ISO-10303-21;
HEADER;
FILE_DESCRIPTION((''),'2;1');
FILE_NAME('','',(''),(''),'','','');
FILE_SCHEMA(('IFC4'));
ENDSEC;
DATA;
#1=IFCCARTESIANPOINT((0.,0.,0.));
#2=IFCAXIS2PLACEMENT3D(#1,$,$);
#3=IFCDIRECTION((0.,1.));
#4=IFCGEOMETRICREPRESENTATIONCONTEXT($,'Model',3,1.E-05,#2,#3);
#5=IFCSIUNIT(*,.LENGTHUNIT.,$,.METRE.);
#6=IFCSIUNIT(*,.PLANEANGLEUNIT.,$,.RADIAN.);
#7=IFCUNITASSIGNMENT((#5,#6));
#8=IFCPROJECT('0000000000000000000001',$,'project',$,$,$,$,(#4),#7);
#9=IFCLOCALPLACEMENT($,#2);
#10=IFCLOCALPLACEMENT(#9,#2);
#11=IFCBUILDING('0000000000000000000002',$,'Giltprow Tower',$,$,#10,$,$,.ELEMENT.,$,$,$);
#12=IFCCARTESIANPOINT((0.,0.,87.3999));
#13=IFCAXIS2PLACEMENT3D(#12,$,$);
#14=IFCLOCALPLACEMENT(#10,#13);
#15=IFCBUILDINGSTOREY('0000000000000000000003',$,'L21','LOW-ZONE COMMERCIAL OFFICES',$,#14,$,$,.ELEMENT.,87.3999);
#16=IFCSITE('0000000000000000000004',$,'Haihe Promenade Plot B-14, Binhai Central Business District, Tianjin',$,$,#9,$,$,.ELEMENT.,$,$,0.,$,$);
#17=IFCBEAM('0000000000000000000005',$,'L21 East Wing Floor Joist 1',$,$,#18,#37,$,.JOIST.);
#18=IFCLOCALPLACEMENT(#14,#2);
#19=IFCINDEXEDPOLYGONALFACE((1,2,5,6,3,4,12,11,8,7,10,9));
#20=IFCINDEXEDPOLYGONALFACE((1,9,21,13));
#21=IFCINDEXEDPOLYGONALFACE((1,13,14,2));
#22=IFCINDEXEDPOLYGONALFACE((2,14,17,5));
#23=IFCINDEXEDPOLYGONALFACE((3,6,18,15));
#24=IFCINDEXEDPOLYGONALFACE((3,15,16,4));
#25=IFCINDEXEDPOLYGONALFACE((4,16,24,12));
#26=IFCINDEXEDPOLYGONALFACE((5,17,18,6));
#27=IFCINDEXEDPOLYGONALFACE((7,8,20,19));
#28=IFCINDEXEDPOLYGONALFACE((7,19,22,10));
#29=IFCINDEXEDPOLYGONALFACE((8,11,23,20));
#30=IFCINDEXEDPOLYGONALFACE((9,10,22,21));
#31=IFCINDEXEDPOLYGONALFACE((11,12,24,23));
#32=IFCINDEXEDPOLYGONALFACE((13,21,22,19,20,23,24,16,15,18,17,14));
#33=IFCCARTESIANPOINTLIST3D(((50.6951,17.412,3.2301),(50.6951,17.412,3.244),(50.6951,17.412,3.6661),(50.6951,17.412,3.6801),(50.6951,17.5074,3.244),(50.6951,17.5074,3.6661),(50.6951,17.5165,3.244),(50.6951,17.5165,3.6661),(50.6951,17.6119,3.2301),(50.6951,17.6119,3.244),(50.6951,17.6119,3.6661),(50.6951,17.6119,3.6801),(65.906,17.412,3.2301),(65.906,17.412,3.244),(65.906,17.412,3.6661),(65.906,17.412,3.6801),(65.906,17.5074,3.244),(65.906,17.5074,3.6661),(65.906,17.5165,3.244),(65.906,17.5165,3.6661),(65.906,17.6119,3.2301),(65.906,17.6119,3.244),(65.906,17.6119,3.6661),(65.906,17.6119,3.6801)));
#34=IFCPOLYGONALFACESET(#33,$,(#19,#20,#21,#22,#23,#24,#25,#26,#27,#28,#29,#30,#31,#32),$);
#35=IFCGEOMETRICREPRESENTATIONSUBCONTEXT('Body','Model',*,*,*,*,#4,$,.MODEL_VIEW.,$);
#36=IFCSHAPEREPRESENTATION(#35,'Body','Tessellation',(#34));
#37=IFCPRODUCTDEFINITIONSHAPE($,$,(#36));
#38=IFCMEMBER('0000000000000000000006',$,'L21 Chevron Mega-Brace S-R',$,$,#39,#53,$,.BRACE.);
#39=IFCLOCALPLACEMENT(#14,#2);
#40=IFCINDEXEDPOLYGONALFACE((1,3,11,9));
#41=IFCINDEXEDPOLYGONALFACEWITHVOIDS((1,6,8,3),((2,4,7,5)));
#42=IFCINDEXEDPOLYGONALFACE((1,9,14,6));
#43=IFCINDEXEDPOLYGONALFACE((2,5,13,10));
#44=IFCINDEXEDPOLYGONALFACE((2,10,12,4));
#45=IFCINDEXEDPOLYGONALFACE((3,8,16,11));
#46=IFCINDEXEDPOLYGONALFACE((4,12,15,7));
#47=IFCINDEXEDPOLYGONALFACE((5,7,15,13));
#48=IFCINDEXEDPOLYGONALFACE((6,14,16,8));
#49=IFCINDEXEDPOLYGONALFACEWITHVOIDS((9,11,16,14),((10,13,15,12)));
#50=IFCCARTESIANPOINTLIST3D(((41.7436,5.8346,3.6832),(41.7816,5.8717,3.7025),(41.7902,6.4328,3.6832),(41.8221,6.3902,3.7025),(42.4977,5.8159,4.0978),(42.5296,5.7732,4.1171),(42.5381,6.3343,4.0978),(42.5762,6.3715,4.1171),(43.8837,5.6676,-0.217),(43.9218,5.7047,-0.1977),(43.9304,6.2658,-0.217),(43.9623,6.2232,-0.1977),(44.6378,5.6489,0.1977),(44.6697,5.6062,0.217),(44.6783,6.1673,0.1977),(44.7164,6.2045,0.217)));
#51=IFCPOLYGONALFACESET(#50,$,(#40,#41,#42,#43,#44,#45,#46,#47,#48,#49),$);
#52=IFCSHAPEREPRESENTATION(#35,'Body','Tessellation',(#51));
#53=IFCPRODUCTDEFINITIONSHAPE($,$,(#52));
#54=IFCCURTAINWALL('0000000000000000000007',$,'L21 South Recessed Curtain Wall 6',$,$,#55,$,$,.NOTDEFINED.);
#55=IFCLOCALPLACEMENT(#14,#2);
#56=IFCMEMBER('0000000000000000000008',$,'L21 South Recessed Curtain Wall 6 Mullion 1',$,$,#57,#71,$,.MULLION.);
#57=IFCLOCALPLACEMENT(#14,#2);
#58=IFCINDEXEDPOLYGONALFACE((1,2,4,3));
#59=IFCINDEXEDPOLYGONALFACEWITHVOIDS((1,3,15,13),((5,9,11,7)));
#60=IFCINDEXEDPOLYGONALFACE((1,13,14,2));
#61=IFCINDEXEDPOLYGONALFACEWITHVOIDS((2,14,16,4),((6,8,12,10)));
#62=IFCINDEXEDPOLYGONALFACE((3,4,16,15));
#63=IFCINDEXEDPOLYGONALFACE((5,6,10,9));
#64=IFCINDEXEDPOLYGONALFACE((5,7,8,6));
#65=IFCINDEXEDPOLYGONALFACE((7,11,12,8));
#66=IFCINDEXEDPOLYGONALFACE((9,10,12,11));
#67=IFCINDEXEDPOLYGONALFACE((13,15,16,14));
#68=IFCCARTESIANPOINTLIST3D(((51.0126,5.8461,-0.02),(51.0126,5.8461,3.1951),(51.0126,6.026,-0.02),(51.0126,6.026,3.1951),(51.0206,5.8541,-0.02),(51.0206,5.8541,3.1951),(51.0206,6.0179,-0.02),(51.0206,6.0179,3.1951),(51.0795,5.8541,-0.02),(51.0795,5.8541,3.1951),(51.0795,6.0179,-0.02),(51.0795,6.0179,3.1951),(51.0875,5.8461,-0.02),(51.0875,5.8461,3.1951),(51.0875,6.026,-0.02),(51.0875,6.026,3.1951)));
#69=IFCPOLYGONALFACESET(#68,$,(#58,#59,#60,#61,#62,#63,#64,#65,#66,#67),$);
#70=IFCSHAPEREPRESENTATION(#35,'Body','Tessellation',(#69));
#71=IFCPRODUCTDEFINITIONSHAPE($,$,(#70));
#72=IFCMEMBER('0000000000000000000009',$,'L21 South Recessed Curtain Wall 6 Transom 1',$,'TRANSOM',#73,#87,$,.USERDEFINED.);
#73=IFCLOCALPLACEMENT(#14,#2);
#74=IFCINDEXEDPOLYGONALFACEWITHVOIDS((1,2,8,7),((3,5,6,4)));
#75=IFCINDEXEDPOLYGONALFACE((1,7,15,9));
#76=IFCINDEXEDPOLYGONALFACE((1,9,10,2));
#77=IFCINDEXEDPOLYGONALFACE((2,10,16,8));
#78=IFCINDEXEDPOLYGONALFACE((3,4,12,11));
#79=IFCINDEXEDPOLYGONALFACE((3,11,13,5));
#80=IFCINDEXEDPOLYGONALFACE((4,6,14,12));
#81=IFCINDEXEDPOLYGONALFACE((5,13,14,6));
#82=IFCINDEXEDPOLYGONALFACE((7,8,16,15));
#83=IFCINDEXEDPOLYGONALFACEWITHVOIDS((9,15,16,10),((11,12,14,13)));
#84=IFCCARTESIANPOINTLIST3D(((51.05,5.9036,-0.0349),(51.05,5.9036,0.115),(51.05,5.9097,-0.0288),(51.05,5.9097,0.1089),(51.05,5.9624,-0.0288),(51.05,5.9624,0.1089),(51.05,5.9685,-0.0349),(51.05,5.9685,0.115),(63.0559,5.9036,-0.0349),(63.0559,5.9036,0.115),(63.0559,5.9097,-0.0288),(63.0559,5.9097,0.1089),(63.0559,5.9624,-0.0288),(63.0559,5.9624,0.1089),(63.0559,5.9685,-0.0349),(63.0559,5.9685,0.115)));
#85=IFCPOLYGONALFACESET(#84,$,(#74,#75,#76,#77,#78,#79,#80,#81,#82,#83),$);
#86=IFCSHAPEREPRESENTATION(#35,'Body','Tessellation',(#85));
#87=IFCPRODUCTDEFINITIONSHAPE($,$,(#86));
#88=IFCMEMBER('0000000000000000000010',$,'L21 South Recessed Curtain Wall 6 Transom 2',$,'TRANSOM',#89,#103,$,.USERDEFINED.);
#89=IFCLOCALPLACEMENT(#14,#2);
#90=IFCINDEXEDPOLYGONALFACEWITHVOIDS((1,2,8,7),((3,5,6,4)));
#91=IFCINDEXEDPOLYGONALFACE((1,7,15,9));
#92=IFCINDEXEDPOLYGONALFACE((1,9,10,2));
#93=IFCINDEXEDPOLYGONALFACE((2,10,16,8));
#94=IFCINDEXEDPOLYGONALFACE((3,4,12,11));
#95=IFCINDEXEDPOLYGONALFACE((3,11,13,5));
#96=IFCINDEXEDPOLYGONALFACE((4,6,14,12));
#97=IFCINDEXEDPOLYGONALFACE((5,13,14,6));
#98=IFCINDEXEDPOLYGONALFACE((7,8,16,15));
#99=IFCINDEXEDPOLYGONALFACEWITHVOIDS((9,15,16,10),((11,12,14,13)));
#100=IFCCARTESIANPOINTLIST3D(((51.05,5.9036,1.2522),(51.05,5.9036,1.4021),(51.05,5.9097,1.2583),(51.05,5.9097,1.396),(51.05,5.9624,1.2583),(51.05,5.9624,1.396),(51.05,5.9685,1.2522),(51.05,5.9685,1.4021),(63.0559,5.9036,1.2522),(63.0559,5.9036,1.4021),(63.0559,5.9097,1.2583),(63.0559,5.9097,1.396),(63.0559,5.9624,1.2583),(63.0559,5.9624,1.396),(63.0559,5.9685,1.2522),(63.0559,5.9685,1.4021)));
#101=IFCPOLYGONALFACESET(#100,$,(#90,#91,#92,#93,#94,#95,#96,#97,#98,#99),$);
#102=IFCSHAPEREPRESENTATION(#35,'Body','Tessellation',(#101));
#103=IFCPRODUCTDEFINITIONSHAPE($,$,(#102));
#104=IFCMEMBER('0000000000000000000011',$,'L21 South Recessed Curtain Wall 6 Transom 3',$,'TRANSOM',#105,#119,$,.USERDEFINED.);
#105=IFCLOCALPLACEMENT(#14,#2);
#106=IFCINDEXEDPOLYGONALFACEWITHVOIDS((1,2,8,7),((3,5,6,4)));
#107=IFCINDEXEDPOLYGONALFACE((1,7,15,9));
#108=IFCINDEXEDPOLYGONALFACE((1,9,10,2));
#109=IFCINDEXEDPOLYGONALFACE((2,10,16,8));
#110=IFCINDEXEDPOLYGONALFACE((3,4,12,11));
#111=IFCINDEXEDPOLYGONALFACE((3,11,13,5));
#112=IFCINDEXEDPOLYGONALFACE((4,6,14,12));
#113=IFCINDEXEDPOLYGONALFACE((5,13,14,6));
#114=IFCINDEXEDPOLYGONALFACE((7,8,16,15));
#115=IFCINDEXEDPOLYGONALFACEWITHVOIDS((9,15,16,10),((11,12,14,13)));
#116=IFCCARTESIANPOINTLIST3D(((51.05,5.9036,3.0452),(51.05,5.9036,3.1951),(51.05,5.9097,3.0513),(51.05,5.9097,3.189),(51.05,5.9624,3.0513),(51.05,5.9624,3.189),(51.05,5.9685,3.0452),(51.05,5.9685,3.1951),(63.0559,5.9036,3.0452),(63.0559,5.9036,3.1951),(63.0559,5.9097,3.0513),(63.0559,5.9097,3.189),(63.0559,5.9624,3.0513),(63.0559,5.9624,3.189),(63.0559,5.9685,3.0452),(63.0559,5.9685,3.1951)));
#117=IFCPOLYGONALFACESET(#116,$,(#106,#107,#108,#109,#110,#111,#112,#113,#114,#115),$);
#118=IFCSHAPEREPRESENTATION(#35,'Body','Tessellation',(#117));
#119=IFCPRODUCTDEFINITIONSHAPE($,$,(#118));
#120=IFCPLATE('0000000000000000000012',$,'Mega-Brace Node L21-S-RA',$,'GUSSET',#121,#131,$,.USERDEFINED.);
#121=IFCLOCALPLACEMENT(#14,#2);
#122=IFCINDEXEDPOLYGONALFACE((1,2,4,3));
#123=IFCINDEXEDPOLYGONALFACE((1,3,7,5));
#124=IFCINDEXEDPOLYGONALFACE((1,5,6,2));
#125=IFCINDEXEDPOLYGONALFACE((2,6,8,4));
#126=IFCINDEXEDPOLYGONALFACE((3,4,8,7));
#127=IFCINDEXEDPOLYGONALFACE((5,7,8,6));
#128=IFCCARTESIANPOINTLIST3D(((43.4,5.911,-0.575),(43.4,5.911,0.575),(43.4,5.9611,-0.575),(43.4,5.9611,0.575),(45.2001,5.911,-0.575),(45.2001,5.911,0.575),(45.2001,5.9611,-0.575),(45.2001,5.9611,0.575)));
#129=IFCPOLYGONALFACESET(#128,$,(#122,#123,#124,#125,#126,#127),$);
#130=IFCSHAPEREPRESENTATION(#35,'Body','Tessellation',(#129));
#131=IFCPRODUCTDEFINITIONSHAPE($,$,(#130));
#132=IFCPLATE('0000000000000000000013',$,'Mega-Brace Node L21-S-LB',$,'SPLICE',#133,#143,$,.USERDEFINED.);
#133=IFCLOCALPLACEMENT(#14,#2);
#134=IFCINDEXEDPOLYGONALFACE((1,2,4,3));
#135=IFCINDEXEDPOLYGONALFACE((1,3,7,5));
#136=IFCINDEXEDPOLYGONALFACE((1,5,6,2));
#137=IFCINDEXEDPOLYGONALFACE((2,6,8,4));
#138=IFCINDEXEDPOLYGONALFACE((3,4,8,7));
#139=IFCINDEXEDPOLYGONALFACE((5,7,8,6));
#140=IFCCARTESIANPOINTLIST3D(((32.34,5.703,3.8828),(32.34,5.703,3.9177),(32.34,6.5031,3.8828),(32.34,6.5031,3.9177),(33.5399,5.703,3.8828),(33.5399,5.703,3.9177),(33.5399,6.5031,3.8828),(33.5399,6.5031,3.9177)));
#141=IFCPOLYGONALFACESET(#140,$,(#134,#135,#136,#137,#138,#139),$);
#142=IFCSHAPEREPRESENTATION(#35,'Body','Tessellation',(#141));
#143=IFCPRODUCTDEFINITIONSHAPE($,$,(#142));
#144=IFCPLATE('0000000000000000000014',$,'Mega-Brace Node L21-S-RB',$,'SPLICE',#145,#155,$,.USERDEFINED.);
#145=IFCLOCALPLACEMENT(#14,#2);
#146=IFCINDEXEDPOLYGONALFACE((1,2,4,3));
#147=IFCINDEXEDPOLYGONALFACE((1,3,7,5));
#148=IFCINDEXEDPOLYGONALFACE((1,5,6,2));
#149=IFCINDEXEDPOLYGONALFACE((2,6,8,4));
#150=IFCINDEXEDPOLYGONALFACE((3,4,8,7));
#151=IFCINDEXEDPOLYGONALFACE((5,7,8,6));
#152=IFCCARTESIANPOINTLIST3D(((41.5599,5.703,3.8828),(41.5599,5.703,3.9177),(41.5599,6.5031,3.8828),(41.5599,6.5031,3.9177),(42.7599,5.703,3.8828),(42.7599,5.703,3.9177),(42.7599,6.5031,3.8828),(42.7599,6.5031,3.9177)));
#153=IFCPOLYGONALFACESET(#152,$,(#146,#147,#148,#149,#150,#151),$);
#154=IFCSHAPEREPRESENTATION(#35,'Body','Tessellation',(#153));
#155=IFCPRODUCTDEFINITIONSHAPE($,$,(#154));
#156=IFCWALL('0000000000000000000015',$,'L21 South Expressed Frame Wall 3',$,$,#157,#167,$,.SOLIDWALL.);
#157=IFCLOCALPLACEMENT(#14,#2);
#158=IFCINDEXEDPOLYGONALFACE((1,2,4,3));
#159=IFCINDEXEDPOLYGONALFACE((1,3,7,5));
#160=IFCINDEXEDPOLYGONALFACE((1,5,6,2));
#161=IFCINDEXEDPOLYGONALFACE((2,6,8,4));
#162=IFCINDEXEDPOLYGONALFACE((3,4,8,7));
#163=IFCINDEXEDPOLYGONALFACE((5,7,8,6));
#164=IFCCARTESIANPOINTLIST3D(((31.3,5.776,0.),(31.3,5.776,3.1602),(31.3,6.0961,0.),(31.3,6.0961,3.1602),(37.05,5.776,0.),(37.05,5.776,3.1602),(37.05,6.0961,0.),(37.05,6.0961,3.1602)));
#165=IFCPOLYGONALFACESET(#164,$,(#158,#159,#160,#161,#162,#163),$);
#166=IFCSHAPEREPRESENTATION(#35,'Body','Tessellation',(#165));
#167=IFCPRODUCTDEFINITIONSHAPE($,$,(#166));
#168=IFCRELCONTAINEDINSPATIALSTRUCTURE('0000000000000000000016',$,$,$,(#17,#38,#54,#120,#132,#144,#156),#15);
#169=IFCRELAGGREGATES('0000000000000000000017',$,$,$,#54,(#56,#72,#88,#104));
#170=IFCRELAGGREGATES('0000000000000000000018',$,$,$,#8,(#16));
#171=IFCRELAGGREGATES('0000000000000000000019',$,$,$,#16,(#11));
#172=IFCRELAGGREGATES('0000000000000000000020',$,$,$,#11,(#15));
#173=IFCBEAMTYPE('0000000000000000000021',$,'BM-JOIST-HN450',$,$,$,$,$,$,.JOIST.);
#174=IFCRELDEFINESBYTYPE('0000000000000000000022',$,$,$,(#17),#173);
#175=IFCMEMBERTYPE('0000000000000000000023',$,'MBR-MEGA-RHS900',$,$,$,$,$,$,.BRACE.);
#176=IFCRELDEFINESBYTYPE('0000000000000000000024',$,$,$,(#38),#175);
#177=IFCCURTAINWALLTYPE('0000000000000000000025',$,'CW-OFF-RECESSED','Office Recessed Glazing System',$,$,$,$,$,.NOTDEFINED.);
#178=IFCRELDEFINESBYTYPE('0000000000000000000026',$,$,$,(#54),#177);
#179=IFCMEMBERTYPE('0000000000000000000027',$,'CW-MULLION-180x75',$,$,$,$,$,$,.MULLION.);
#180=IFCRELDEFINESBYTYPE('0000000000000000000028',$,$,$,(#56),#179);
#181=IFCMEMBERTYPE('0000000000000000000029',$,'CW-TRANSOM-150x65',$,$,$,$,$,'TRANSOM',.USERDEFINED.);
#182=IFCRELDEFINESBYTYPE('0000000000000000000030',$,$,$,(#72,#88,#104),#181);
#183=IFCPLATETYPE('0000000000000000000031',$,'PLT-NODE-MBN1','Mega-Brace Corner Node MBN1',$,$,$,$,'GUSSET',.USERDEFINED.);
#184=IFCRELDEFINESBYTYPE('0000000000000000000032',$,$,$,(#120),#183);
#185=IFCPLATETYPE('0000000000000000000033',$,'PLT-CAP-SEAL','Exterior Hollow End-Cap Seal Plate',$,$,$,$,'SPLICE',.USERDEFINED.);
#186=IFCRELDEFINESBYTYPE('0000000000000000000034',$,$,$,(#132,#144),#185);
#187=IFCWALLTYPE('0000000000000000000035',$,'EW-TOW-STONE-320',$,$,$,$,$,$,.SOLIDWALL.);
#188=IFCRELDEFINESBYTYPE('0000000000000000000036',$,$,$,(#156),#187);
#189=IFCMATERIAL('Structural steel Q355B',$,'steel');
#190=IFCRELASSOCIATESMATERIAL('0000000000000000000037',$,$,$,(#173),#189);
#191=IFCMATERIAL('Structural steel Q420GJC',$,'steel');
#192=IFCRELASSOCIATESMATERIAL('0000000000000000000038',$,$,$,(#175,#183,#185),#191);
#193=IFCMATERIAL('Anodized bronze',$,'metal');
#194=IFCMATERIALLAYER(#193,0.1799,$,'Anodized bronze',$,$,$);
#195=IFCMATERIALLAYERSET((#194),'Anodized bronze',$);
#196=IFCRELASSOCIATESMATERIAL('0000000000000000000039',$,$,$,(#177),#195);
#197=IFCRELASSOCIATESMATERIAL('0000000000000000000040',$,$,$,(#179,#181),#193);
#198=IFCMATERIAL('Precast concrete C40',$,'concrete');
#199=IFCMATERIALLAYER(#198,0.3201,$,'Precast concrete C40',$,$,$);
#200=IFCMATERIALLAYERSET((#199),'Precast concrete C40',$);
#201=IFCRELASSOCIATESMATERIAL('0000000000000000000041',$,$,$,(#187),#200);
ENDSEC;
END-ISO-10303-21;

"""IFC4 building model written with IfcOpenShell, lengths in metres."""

from ifc_helpers import new_model, si_unit, direction, frame, frame_2d, origin, origin_2d, place, context, subcontext, project, spatial, rectangle, hollow_rectangle, i_section, extrude, source, transform, mapped, material, layer, layer_set, material_profile, profile_set, type_object, element, aggregate, save


model = new_model("IFC4")

# Units and contexts
model_context = context("Model", 3, precision=1e-05, world=origin(), true_north=direction((0.0, 1.0)))
body_context = subcontext(model_context, "Body", "Model", "MODEL_VIEW")
ifc_project = project(units=[si_unit("LENGTHUNIT", "METRE"), si_unit("PLANEANGLEUNIT", "RADIAN")], contexts=[model_context])

# Site, building, storey
site_placement = place(None, origin())
site = spatial("IfcSite", under=ifc_project, at=site_placement, Name="Haihe Promenade Plot B-14, Binhai Central Business District, Tianjin", CompositionType="ELEMENT", RefElevation=0.0)
building_placement = place(site_placement, origin())
building = spatial("IfcBuilding", under=site, at=building_placement, Name="Giltprow Tower", CompositionType="ELEMENT")
storey_placement = place(building_placement, frame((0.0, 0.0, 87.3999)))
storey = spatial("IfcBuildingStorey", under=building, at=storey_placement, Name="L21", Description="LOW-ZONE COMMERCIAL OFFICES", CompositionType="ELEMENT", Elevation=87.3999)

# Shared definitions
ifc_material_1 = material(Name="Structural steel Q420GJC", Category="steel")

# Beam
ifc_material_2 = material(Name="Structural steel Q355B", Category="steel")
ifc_material_profile_1 = material_profile(ifc_material_2, i_section(OverallWidth=0.2, OverallDepth=0.45, WebThickness=0.009, FlangeThickness=0.0139, at=origin_2d()), Name="HN 450x200x9x14")
ifc_profile_set_1 = profile_set([ifc_material_profile_1], Name="Structural steel Q355B")
beam_type_1 = type_object("IfcBeamType", Name="BM-JOIST-HN450", PredefinedType="JOIST", material=ifc_profile_set_1)
shared_shape_1 = source(origin(), body_context, "Body", "SweptSolid", [
    extrude(i_section(OverallWidth=0.2, OverallDepth=0.45, WebThickness=0.009, FlangeThickness=0.0139, at=origin_2d()), origin(), (0.0, 0.0, 1.0), 15.2109),
])
beam_1_placement = place(storey_placement, frame((50.6951, 17.512, 3.4551), z_axis=(1.0, 0.0, 0.0), x_axis=(0.0, 1.0, 0.0)))
element("IfcBeam", 1, at=beam_1_placement, inside=storey, type_object=beam_type_1, Name="L21 East Wing Floor Joist 1", PredefinedType="JOIST", context=body_context, shape_type="MappedRepresentation", body=[
    mapped(shared_shape_1, transform((0.0, 0.0, 0.0), x_axis=(1.0, 0.0, 0.0), y_axis=(0.0, 1.0, 0.0), z_axis=(0.0, 0.0, 1.0), scale=1.0)),
])

# Member
ifc_material_profile_2 = material_profile(ifc_material_1, hollow_rectangle(XDim=0.6001, YDim=0.8999, WallThickness=0.04, at=origin_2d()), Name="RHS 900x600x40")
ifc_profile_set_2 = profile_set([ifc_material_profile_2], Name="Structural steel Q420GJC")
member_type_1 = type_object("IfcMemberType", Name="MBR-MEGA-RHS900", PredefinedType="BRACE", material=ifc_profile_set_2)
shared_shape_2 = source(origin(), body_context, "Body", "SweptSolid", [
    extrude(hollow_rectangle(XDim=0.6001, YDim=0.8999, WallThickness=0.04, at=origin_2d()), origin(), (0.0, 0.0, 1.0), 4.4519),
])
member_1_placement = place(storey_placement, frame((44.3, 5.936, 0.0), z_axis=(-0.480727, 0.037511, 0.876068), x_axis=(-0.077792, -0.99697, 0.0)))
element("IfcMember", 2, at=member_1_placement, inside=storey, type_object=member_type_1, Name="L21 Chevron Mega-Brace S-R", PredefinedType="BRACE", context=body_context, shape_type="MappedRepresentation", body=[
    mapped(shared_shape_2, transform((0.0, 0.0, 0.0), x_axis=(1.0, 0.0, 0.0), y_axis=(0.0, 1.0, 0.0), z_axis=(0.0, 0.0, 1.0), scale=1.0)),
])

# Curtain wall, members
ifc_material_3 = material(Name="Anodized bronze", Category="metal")
ifc_layer_1 = layer(ifc_material_3, 0.1799, Name="Anodized bronze")
ifc_layer_set_1 = layer_set([ifc_layer_1], Name="Anodized bronze")
curtain_wall_type = type_object("IfcCurtainWallType", Name="CW-OFF-RECESSED", Description="Office Recessed Glazing System", PredefinedType="NOTDEFINED", material=ifc_layer_set_1)
curtain_wall_placement = place(storey_placement, origin())
curtain_wall = element("IfcCurtainWall", 3, at=curtain_wall_placement, inside=storey, type_object=curtain_wall_type, Name="L21 South Recessed Curtain Wall 6", PredefinedType="NOTDEFINED")
ifc_material_profile_3 = material_profile(ifc_material_3, hollow_rectangle(XDim=0.075, YDim=0.1799, WallThickness=0.0081, at=origin_2d()), Name="RHS 180x75x8")
ifc_profile_set_3 = profile_set([ifc_material_profile_3], Name="Anodized bronze")
member_type_2 = type_object("IfcMemberType", Name="CW-MULLION-180x75", PredefinedType="MULLION", material=ifc_profile_set_3)
shared_shape_3 = source(origin(), body_context, "Body", "SweptSolid", [
    extrude(hollow_rectangle(XDim=0.075, YDim=0.1799, WallThickness=0.0081, at=origin_2d()), origin(), (0.0, 0.0, 1.0), 3.2151),
])
member_2_placement = place(storey_placement, frame((51.05, 5.936, -0.02), z_axis=(0.0, 0.0, 1.0), x_axis=(1.0, 0.0, 0.0)))
member_2 = element("IfcMember", 4, at=member_2_placement, type_object=member_type_2, Name="L21 South Recessed Curtain Wall 6 Mullion 1", PredefinedType="MULLION", context=body_context, shape_type="MappedRepresentation", body=[
    mapped(shared_shape_3, transform((0.0, 0.0, 0.0), x_axis=(1.0, 0.0, 0.0), y_axis=(0.0, 1.0, 0.0), z_axis=(0.0, 0.0, 1.0), scale=1.0)),
])
ifc_material_profile_4 = material_profile(ifc_material_3, hollow_rectangle(XDim=0.0649, YDim=0.1499, WallThickness=0.0061, at=origin_2d()), Name="RHS 150x65x6")
ifc_profile_set_4 = profile_set([ifc_material_profile_4], Name="Anodized bronze")
member_type_3 = type_object("IfcMemberType", Name="CW-TRANSOM-150x65", ElementType="TRANSOM", PredefinedType="USERDEFINED", material=ifc_profile_set_4)
shared_shape_4 = source(origin(), body_context, "Body", "SweptSolid", [
    extrude(hollow_rectangle(XDim=0.0649, YDim=0.1499, WallThickness=0.0061, at=origin_2d()), origin(), (0.0, 0.0, 1.0), 12.0059),
])
member_3_placement = place(storey_placement, frame((51.05, 5.936, 0.04), z_axis=(1.0, 0.0, 0.0), x_axis=(0.0, 1.0, 0.0)))
member_3 = element("IfcMember", 5, at=member_3_placement, type_object=member_type_3, Name="L21 South Recessed Curtain Wall 6 Transom 1", ObjectType="TRANSOM", PredefinedType="USERDEFINED", context=body_context, shape_type="MappedRepresentation", body=[
    mapped(shared_shape_4, transform((0.0, 0.0, 0.0), x_axis=(1.0, 0.0, 0.0), y_axis=(0.0, 1.0, 0.0), z_axis=(0.0, 0.0, 1.0), scale=1.0)),
])
member_4_placement = place(storey_placement, frame((51.05, 5.936, 1.3271), z_axis=(1.0, 0.0, 0.0), x_axis=(0.0, 1.0, 0.0)))
member_4 = element("IfcMember", 6, at=member_4_placement, type_object=member_type_3, Name="L21 South Recessed Curtain Wall 6 Transom 2", ObjectType="TRANSOM", PredefinedType="USERDEFINED", context=body_context, shape_type="MappedRepresentation", body=[
    mapped(shared_shape_4, transform((0.0, 0.0, 0.0), x_axis=(1.0, 0.0, 0.0), y_axis=(0.0, 1.0, 0.0), z_axis=(0.0, 0.0, 1.0), scale=1.0)),
])
member_5_placement = place(storey_placement, frame((51.05, 5.936, 3.1201), z_axis=(1.0, 0.0, 0.0), x_axis=(0.0, 1.0, 0.0)))
member_5 = element("IfcMember", 7, at=member_5_placement, type_object=member_type_3, Name="L21 South Recessed Curtain Wall 6 Transom 3", ObjectType="TRANSOM", PredefinedType="USERDEFINED", context=body_context, shape_type="MappedRepresentation", body=[
    mapped(shared_shape_4, transform((0.0, 0.0, 0.0), x_axis=(1.0, 0.0, 0.0), y_axis=(0.0, 1.0, 0.0), z_axis=(0.0, 0.0, 1.0), scale=1.0)),
])
aggregate(curtain_wall, [member_2, member_3, member_4, member_5])

# Plates
plate_type_1 = type_object("IfcPlateType", Name="PLT-NODE-MBN1", Description="Mega-Brace Corner Node MBN1", ElementType="GUSSET", PredefinedType="USERDEFINED", material=ifc_material_1)
shared_shape_5 = source(origin(), body_context, "Body", "SweptSolid", [
    extrude(rectangle(XDim=1.8, YDim=0.05, at=origin_2d()), origin(), (0.0, 0.0, 1.0), 1.1499),
])
plate_placement = place(storey_placement, frame((44.3, 5.936, -0.575), z_axis=(0.0, 0.0, 1.0), x_axis=(1.0, 0.0, 0.0)))
element("IfcPlate", 8, at=plate_placement, inside=storey, type_object=plate_type_1, Name="Mega-Brace Node L21-S-RA", ObjectType="GUSSET", PredefinedType="USERDEFINED", context=body_context, shape_type="MappedRepresentation", body=[
    mapped(shared_shape_5, transform((0.0, 0.0, 0.0), x_axis=(1.0, 0.0, 0.0), y_axis=(0.0, 1.0, 0.0), z_axis=(0.0, 0.0, 1.0), scale=1.0)),
])
plate_type_2 = type_object("IfcPlateType", Name="PLT-CAP-SEAL", Description="Exterior Hollow End-Cap Seal Plate", ElementType="SPLICE", PredefinedType="USERDEFINED", material=ifc_material_1)
shared_shape_6 = source(origin(), body_context, "Body", "SweptSolid", [
    extrude(rectangle(XDim=1.2, YDim=0.8, at=origin_2d()), origin(), (0.0, 0.0, 1.0), 0.0349),
])
for number, where, z_axis, x_axis, name in (
    (9, (32.9399, 6.103, 3.8828), (0.0, 0.0, 1.0), (1.0, 0.0, 0.0), "Mega-Brace Node L21-S-LB"),
    (10, (42.1599, 6.103, 3.8828), (0.0, 0.0, 1.0), (1.0, 0.0, 0.0), "Mega-Brace Node L21-S-RB"),
):
    element("IfcPlate", number, at=place(storey_placement, frame(where, z_axis=z_axis, x_axis=x_axis)), inside=storey, type_object=plate_type_2, Name=name, ObjectType="SPLICE", PredefinedType="USERDEFINED", context=body_context, shape_type="MappedRepresentation", body=[
        mapped(shared_shape_6, transform((0.0, 0.0, 0.0), x_axis=(1.0, 0.0, 0.0), y_axis=(0.0, 1.0, 0.0), z_axis=(0.0, 0.0, 1.0), scale=1.0)),
    ])

# Wall
ifc_material_4 = material(Name="Precast concrete C40", Category="concrete")
ifc_layer_2 = layer(ifc_material_4, 0.3201, Name="Precast concrete C40")
ifc_layer_set_2 = layer_set([ifc_layer_2], Name="Precast concrete C40")
wall_type_1 = type_object("IfcWallType", Name="EW-TOW-STONE-320", PredefinedType="SOLIDWALL", material=ifc_layer_set_2)
for number, where, z_axis, x_axis, name in (
    (11, (31.3, 5.936, 0.0), (0.0, 0.0, 1.0), (1.0, 0.0, 0.0), "L21 South Expressed Frame Wall 3"),
):
    element("IfcWall", number, at=place(storey_placement, frame(where, z_axis=z_axis, x_axis=x_axis)), inside=storey, type_object=wall_type_1, Name=name, PredefinedType="SOLIDWALL", context=body_context, shape_type="SweptSolid", body=[
        extrude(rectangle(XDim=5.75, YDim=0.3201, at=frame_2d((2.875, 0.0))), origin(), (0.0, 0.0, 1.0), 3.1602),
    ])

save(model, "model.ifc")
